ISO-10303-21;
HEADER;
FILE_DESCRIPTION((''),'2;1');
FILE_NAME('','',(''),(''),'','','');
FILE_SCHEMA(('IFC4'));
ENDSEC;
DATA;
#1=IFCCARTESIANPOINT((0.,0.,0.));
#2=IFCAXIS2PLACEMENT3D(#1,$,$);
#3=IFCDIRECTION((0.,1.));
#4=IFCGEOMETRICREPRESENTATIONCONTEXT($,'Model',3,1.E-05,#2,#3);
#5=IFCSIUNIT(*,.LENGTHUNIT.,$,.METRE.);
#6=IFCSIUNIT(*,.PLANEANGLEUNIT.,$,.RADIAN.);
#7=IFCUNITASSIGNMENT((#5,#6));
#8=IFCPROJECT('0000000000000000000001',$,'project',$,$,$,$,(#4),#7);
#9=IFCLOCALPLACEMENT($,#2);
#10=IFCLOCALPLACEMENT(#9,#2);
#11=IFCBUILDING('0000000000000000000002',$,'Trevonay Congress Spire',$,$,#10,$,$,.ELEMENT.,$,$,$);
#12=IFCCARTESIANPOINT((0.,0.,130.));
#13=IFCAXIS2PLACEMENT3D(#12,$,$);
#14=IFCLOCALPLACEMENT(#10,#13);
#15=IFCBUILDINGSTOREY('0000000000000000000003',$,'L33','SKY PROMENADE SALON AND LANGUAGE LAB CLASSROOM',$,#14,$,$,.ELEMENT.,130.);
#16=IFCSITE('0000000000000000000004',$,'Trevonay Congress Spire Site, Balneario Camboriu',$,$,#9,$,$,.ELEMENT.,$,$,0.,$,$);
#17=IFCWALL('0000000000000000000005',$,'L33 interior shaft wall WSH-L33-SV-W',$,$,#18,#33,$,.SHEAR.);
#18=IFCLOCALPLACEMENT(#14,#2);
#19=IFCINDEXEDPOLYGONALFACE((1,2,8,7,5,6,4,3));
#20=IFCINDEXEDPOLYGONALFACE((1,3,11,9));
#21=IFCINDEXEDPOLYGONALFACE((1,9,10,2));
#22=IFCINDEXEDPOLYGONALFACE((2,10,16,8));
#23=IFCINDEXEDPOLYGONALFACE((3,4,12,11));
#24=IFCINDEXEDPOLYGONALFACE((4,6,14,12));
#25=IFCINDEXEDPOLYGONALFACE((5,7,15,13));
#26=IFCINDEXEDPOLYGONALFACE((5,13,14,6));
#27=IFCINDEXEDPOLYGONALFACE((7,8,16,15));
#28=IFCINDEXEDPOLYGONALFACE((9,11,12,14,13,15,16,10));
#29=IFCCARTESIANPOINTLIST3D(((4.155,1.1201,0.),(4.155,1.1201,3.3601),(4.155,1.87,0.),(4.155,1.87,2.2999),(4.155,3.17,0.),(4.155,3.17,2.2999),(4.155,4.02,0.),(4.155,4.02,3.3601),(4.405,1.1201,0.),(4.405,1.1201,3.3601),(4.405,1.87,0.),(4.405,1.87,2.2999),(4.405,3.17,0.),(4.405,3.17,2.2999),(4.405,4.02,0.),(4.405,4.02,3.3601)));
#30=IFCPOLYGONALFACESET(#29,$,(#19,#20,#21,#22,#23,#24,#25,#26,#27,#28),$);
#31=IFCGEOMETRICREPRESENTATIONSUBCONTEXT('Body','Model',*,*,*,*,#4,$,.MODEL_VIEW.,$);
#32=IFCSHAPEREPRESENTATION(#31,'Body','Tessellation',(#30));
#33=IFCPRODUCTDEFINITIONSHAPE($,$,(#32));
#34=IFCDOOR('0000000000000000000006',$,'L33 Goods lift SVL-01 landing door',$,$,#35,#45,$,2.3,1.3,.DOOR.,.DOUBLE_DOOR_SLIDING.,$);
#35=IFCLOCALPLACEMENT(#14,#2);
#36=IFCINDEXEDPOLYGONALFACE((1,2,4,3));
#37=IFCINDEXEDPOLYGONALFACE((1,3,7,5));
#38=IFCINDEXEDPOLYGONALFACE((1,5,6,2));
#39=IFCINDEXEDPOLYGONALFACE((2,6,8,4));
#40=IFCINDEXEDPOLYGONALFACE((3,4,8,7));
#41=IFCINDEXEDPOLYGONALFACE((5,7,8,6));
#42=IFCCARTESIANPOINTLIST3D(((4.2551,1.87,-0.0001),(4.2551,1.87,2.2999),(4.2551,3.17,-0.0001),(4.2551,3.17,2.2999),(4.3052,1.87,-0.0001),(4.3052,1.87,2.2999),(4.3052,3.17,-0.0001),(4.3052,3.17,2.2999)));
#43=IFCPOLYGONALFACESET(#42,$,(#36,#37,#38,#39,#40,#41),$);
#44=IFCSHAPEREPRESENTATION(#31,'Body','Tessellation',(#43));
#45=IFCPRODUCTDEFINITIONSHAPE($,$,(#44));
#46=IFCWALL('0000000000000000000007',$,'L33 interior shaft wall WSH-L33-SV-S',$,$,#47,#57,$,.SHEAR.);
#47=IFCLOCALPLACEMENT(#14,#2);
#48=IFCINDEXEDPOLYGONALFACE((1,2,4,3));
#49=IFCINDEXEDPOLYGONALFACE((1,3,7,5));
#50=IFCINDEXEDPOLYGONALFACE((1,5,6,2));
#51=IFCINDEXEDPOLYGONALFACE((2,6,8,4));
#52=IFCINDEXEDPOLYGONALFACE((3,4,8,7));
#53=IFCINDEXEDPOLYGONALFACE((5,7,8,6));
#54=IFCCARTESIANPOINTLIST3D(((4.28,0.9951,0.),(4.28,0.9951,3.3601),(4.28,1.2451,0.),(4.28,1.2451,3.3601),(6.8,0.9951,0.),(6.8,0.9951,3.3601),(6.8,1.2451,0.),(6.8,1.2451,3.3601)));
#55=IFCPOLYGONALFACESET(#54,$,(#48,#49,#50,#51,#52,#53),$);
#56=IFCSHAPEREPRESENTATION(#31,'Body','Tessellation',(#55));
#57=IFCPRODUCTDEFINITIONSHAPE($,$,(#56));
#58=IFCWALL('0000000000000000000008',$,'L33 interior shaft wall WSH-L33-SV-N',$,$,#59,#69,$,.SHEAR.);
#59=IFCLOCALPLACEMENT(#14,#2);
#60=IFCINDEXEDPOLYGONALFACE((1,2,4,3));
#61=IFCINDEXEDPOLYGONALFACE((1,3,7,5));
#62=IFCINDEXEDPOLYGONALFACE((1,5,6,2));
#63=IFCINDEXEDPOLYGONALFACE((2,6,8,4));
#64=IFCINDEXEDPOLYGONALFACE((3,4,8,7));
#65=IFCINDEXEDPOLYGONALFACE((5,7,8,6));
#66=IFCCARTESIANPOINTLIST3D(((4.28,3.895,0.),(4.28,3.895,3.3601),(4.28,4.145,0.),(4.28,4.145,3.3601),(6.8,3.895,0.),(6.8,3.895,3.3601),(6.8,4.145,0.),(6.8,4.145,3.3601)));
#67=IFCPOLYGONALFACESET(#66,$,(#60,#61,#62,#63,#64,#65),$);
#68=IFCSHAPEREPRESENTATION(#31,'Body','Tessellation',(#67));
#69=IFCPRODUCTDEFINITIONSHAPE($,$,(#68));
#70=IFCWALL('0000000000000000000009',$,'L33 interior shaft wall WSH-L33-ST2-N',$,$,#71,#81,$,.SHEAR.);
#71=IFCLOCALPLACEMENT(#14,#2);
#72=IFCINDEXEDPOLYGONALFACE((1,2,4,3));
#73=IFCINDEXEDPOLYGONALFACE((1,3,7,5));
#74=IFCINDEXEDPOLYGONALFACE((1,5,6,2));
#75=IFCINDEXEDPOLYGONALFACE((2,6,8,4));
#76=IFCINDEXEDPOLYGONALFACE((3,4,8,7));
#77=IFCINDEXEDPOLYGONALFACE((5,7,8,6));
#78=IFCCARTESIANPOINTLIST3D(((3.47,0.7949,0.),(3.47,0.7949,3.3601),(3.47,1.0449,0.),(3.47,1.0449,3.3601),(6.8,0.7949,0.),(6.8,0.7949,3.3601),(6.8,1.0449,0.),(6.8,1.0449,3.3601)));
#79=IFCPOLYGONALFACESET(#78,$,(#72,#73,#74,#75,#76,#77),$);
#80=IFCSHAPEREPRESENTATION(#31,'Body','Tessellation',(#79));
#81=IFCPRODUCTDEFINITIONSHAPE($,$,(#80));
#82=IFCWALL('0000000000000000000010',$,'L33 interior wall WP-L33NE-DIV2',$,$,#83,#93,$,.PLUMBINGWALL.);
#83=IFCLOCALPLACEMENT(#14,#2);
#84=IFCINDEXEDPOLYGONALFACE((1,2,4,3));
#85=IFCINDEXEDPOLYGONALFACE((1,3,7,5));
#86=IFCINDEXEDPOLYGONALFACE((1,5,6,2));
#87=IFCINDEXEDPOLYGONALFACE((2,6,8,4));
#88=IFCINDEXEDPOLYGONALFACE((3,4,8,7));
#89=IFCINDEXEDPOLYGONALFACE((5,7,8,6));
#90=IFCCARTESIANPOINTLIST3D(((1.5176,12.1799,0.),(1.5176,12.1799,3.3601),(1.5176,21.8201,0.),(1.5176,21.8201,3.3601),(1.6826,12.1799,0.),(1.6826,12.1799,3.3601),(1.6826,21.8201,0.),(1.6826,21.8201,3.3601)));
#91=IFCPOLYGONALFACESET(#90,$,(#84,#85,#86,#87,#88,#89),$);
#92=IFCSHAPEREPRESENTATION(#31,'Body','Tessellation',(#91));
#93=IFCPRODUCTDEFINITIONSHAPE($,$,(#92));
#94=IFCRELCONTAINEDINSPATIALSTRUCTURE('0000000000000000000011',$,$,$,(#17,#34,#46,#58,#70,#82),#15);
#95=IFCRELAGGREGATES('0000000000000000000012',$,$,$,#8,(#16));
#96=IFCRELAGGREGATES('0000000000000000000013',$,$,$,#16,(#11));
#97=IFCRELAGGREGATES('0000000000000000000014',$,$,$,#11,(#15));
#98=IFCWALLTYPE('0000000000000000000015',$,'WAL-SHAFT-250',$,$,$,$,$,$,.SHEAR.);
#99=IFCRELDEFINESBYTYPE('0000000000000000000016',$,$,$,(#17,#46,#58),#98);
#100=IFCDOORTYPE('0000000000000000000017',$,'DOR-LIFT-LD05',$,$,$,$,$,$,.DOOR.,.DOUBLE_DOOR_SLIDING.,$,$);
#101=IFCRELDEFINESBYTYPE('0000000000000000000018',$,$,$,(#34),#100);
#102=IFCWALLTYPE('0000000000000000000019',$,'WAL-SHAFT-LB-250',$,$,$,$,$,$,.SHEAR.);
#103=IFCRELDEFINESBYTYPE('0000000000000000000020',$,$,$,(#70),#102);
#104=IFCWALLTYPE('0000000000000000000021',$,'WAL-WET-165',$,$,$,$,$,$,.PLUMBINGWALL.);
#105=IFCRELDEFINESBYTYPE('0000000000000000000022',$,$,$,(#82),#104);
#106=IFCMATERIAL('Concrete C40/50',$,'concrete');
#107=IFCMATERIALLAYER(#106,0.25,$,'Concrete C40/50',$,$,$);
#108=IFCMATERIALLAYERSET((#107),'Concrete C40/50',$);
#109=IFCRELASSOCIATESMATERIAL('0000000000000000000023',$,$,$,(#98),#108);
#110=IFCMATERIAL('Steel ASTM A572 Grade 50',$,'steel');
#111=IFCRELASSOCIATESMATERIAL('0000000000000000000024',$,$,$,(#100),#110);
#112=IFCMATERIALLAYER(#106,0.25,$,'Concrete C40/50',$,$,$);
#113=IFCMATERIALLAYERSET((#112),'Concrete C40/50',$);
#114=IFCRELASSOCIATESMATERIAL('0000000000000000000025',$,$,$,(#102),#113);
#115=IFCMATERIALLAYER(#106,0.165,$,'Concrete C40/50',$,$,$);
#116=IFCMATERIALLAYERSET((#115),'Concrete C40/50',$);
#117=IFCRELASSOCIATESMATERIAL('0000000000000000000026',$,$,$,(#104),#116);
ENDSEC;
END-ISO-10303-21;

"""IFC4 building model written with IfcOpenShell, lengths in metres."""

from ifc_helpers import new_model, si_unit, direction, frame, frame_2d, origin, place, context, subcontext, project, spatial, rectangle, extrude, material, layer, layer_set, type_object, element, fill, save


model = new_model("IFC4")

# Units and contexts
model_context = context("Model", 3, precision=1e-05, world=origin(), true_north=direction((0.0, 1.0)))
body_context = subcontext(model_context, "Body", "Model", "MODEL_VIEW")
ifc_project = project(units=[si_unit("LENGTHUNIT", "METRE"), si_unit("PLANEANGLEUNIT", "RADIAN")], contexts=[model_context])

# Site, building, storey
site_placement = place(None, origin())
site = spatial("IfcSite", under=ifc_project, at=site_placement, Name="Trevonay Congress Spire Site, Balneario Camboriu", CompositionType="ELEMENT", RefElevation=0.0)
building_placement = place(site_placement, origin())
building = spatial("IfcBuilding", under=site, at=building_placement, Name="Trevonay Congress Spire", CompositionType="ELEMENT")
storey_placement = place(building_placement, frame((0.0, 0.0, 130.0)))
storey = spatial("IfcBuildingStorey", under=building, at=storey_placement, Name="L33", Description="SKY PROMENADE SALON AND LANGUAGE LAB CLASSROOM", CompositionType="ELEMENT", Elevation=130.0)

# Shared definitions
ifc_material_1 = material(Name="Steel ASTM A572 Grade 50", Category="steel")

# Shared definitions
ifc_material_2 = material(Name="Concrete C40/50", Category="concrete")
ifc_layer_1 = layer(ifc_material_2, 0.25, Name="Concrete C40/50")
ifc_layer_set_1 = layer_set([ifc_layer_1], Name="Concrete C40/50")
wall_type_1 = type_object("IfcWallType", Name="WAL-SHAFT-250", PredefinedType="SHEAR", material=ifc_layer_set_1)

# Wall, opening, door
wall_1_placement = place(storey_placement, frame((4.28, 1.1201, 0.0), z_axis=(0.0, 0.0, 1.0), x_axis=(0.0, 1.0, 0.0)))
wall_1 = element("IfcWall", 1, at=wall_1_placement, inside=storey, type_object=wall_type_1, Name="L33 interior shaft wall WSH-L33-SV-W", PredefinedType="SHEAR", context=body_context, shape_type="SweptSolid", body=[
    extrude(rectangle(XDim=2.8999, YDim=0.25, at=frame_2d((1.45, 0.0))), origin(), (0.0, 0.0, 1.0), 3.3601),
])
opening_1_placement = place(wall_1_placement, frame((0.75, 0.0, 0.0)))
opening_1 = element("IfcOpeningElement", 2, at=opening_1_placement, cuts=wall_1, PredefinedType="OPENING", context=body_context, shape_type="SweptSolid", body=[
    extrude(rectangle(XDim=1.3, YDim=2.3, at=frame_2d((0.6499, 1.1499))), frame((0.0, 0.135, 0.0), z_axis=(0.0, -1.0, 0.0), x_axis=(1.0, 0.0, 0.0)), (0.0, 0.0, 1.0), 0.27),
])
door_type_1 = type_object("IfcDoorType", Name="DOR-LIFT-LD05", OperationType="DOUBLE_DOOR_SLIDING", PredefinedType="DOOR", material=ifc_material_1)
door_1_placement = place(opening_1_placement, origin())
door_1 = element("IfcDoor", 3, at=door_1_placement, inside=storey, type_object=door_type_1, Name="L33 Goods lift SVL-01 landing door", OperationType="DOUBLE_DOOR_SLIDING", OverallHeight=2.3, OverallWidth=1.3, PredefinedType="DOOR", context=body_context, shape_type="SweptSolid", body=[
    extrude(rectangle(XDim=1.3, YDim=2.3, at=frame_2d((0.6499, 1.1499))), frame((0.0, 0.0249, 0.0), z_axis=(0.0, -1.0, 0.0), x_axis=(1.0, 0.0, 0.0)), (0.0, 0.0, 1.0), 0.05),
])
fill(opening_1, door_1)

# Walls
for number, where, z_axis, x_axis, name in (
    (4, (4.28, 1.1201, 0.0), (0.0, 0.0, 1.0), (1.0, 0.0, 0.0), "L33 interior shaft wall WSH-L33-SV-S"),
    (5, (4.28, 4.02, 0.0), (0.0, 0.0, 1.0), (1.0, 0.0, 0.0), "L33 interior shaft wall WSH-L33-SV-N"),
):
    element("IfcWall", number, at=place(storey_placement, frame(where, z_axis=z_axis, x_axis=x_axis)), inside=storey, type_object=wall_type_1, Name=name, PredefinedType="SHEAR", context=body_context, shape_type="SweptSolid", body=[
        extrude(rectangle(XDim=2.52, YDim=0.25, at=frame_2d((1.26, 0.0))), origin(), (0.0, 0.0, 1.0), 3.3601),
    ])
ifc_layer_2 = layer(ifc_material_2, 0.25, Name="Concrete C40/50")
ifc_layer_set_2 = layer_set([ifc_layer_2], Name="Concrete C40/50")
wall_type_2 = type_object("IfcWallType", Name="WAL-SHAFT-LB-250", PredefinedType="SHEAR", material=ifc_layer_set_2)
wall_2_placement = place(storey_placement, frame((3.47, 0.9199, 0.0), z_axis=(0.0, 0.0, 1.0), x_axis=(1.0, 0.0, 0.0)))
element("IfcWall", 6, at=wall_2_placement, inside=storey, type_object=wall_type_2, Name="L33 interior shaft wall WSH-L33-ST2-N", PredefinedType="SHEAR", context=body_context, shape_type="SweptSolid", body=[
    extrude(rectangle(XDim=3.3301, YDim=0.25, at=frame_2d((1.665, 0.0))), origin(), (0.0, 0.0, 1.0), 3.3601),
])
ifc_layer_3 = layer(ifc_material_2, 0.165, Name="Concrete C40/50")
ifc_layer_set_3 = layer_set([ifc_layer_3], Name="Concrete C40/50")
wall_type_3 = type_object("IfcWallType", Name="WAL-WET-165", PredefinedType="PLUMBINGWALL", material=ifc_layer_set_3)
wall_3_placement = place(storey_placement, frame((1.6001, 12.1799, 0.0), z_axis=(0.0, 0.0, 1.0), x_axis=(0.0, 1.0, 0.0)))
element("IfcWall", 7, at=wall_3_placement, inside=storey, type_object=wall_type_3, Name="L33 interior wall WP-L33NE-DIV2", PredefinedType="PLUMBINGWALL", context=body_context, shape_type="SweptSolid", body=[
    extrude(rectangle(XDim=9.6401, YDim=0.165, at=frame_2d((4.8201, 0.0))), origin(), (0.0, 0.0, 1.0), 3.3601),
])

save(model, "model.ifc")
